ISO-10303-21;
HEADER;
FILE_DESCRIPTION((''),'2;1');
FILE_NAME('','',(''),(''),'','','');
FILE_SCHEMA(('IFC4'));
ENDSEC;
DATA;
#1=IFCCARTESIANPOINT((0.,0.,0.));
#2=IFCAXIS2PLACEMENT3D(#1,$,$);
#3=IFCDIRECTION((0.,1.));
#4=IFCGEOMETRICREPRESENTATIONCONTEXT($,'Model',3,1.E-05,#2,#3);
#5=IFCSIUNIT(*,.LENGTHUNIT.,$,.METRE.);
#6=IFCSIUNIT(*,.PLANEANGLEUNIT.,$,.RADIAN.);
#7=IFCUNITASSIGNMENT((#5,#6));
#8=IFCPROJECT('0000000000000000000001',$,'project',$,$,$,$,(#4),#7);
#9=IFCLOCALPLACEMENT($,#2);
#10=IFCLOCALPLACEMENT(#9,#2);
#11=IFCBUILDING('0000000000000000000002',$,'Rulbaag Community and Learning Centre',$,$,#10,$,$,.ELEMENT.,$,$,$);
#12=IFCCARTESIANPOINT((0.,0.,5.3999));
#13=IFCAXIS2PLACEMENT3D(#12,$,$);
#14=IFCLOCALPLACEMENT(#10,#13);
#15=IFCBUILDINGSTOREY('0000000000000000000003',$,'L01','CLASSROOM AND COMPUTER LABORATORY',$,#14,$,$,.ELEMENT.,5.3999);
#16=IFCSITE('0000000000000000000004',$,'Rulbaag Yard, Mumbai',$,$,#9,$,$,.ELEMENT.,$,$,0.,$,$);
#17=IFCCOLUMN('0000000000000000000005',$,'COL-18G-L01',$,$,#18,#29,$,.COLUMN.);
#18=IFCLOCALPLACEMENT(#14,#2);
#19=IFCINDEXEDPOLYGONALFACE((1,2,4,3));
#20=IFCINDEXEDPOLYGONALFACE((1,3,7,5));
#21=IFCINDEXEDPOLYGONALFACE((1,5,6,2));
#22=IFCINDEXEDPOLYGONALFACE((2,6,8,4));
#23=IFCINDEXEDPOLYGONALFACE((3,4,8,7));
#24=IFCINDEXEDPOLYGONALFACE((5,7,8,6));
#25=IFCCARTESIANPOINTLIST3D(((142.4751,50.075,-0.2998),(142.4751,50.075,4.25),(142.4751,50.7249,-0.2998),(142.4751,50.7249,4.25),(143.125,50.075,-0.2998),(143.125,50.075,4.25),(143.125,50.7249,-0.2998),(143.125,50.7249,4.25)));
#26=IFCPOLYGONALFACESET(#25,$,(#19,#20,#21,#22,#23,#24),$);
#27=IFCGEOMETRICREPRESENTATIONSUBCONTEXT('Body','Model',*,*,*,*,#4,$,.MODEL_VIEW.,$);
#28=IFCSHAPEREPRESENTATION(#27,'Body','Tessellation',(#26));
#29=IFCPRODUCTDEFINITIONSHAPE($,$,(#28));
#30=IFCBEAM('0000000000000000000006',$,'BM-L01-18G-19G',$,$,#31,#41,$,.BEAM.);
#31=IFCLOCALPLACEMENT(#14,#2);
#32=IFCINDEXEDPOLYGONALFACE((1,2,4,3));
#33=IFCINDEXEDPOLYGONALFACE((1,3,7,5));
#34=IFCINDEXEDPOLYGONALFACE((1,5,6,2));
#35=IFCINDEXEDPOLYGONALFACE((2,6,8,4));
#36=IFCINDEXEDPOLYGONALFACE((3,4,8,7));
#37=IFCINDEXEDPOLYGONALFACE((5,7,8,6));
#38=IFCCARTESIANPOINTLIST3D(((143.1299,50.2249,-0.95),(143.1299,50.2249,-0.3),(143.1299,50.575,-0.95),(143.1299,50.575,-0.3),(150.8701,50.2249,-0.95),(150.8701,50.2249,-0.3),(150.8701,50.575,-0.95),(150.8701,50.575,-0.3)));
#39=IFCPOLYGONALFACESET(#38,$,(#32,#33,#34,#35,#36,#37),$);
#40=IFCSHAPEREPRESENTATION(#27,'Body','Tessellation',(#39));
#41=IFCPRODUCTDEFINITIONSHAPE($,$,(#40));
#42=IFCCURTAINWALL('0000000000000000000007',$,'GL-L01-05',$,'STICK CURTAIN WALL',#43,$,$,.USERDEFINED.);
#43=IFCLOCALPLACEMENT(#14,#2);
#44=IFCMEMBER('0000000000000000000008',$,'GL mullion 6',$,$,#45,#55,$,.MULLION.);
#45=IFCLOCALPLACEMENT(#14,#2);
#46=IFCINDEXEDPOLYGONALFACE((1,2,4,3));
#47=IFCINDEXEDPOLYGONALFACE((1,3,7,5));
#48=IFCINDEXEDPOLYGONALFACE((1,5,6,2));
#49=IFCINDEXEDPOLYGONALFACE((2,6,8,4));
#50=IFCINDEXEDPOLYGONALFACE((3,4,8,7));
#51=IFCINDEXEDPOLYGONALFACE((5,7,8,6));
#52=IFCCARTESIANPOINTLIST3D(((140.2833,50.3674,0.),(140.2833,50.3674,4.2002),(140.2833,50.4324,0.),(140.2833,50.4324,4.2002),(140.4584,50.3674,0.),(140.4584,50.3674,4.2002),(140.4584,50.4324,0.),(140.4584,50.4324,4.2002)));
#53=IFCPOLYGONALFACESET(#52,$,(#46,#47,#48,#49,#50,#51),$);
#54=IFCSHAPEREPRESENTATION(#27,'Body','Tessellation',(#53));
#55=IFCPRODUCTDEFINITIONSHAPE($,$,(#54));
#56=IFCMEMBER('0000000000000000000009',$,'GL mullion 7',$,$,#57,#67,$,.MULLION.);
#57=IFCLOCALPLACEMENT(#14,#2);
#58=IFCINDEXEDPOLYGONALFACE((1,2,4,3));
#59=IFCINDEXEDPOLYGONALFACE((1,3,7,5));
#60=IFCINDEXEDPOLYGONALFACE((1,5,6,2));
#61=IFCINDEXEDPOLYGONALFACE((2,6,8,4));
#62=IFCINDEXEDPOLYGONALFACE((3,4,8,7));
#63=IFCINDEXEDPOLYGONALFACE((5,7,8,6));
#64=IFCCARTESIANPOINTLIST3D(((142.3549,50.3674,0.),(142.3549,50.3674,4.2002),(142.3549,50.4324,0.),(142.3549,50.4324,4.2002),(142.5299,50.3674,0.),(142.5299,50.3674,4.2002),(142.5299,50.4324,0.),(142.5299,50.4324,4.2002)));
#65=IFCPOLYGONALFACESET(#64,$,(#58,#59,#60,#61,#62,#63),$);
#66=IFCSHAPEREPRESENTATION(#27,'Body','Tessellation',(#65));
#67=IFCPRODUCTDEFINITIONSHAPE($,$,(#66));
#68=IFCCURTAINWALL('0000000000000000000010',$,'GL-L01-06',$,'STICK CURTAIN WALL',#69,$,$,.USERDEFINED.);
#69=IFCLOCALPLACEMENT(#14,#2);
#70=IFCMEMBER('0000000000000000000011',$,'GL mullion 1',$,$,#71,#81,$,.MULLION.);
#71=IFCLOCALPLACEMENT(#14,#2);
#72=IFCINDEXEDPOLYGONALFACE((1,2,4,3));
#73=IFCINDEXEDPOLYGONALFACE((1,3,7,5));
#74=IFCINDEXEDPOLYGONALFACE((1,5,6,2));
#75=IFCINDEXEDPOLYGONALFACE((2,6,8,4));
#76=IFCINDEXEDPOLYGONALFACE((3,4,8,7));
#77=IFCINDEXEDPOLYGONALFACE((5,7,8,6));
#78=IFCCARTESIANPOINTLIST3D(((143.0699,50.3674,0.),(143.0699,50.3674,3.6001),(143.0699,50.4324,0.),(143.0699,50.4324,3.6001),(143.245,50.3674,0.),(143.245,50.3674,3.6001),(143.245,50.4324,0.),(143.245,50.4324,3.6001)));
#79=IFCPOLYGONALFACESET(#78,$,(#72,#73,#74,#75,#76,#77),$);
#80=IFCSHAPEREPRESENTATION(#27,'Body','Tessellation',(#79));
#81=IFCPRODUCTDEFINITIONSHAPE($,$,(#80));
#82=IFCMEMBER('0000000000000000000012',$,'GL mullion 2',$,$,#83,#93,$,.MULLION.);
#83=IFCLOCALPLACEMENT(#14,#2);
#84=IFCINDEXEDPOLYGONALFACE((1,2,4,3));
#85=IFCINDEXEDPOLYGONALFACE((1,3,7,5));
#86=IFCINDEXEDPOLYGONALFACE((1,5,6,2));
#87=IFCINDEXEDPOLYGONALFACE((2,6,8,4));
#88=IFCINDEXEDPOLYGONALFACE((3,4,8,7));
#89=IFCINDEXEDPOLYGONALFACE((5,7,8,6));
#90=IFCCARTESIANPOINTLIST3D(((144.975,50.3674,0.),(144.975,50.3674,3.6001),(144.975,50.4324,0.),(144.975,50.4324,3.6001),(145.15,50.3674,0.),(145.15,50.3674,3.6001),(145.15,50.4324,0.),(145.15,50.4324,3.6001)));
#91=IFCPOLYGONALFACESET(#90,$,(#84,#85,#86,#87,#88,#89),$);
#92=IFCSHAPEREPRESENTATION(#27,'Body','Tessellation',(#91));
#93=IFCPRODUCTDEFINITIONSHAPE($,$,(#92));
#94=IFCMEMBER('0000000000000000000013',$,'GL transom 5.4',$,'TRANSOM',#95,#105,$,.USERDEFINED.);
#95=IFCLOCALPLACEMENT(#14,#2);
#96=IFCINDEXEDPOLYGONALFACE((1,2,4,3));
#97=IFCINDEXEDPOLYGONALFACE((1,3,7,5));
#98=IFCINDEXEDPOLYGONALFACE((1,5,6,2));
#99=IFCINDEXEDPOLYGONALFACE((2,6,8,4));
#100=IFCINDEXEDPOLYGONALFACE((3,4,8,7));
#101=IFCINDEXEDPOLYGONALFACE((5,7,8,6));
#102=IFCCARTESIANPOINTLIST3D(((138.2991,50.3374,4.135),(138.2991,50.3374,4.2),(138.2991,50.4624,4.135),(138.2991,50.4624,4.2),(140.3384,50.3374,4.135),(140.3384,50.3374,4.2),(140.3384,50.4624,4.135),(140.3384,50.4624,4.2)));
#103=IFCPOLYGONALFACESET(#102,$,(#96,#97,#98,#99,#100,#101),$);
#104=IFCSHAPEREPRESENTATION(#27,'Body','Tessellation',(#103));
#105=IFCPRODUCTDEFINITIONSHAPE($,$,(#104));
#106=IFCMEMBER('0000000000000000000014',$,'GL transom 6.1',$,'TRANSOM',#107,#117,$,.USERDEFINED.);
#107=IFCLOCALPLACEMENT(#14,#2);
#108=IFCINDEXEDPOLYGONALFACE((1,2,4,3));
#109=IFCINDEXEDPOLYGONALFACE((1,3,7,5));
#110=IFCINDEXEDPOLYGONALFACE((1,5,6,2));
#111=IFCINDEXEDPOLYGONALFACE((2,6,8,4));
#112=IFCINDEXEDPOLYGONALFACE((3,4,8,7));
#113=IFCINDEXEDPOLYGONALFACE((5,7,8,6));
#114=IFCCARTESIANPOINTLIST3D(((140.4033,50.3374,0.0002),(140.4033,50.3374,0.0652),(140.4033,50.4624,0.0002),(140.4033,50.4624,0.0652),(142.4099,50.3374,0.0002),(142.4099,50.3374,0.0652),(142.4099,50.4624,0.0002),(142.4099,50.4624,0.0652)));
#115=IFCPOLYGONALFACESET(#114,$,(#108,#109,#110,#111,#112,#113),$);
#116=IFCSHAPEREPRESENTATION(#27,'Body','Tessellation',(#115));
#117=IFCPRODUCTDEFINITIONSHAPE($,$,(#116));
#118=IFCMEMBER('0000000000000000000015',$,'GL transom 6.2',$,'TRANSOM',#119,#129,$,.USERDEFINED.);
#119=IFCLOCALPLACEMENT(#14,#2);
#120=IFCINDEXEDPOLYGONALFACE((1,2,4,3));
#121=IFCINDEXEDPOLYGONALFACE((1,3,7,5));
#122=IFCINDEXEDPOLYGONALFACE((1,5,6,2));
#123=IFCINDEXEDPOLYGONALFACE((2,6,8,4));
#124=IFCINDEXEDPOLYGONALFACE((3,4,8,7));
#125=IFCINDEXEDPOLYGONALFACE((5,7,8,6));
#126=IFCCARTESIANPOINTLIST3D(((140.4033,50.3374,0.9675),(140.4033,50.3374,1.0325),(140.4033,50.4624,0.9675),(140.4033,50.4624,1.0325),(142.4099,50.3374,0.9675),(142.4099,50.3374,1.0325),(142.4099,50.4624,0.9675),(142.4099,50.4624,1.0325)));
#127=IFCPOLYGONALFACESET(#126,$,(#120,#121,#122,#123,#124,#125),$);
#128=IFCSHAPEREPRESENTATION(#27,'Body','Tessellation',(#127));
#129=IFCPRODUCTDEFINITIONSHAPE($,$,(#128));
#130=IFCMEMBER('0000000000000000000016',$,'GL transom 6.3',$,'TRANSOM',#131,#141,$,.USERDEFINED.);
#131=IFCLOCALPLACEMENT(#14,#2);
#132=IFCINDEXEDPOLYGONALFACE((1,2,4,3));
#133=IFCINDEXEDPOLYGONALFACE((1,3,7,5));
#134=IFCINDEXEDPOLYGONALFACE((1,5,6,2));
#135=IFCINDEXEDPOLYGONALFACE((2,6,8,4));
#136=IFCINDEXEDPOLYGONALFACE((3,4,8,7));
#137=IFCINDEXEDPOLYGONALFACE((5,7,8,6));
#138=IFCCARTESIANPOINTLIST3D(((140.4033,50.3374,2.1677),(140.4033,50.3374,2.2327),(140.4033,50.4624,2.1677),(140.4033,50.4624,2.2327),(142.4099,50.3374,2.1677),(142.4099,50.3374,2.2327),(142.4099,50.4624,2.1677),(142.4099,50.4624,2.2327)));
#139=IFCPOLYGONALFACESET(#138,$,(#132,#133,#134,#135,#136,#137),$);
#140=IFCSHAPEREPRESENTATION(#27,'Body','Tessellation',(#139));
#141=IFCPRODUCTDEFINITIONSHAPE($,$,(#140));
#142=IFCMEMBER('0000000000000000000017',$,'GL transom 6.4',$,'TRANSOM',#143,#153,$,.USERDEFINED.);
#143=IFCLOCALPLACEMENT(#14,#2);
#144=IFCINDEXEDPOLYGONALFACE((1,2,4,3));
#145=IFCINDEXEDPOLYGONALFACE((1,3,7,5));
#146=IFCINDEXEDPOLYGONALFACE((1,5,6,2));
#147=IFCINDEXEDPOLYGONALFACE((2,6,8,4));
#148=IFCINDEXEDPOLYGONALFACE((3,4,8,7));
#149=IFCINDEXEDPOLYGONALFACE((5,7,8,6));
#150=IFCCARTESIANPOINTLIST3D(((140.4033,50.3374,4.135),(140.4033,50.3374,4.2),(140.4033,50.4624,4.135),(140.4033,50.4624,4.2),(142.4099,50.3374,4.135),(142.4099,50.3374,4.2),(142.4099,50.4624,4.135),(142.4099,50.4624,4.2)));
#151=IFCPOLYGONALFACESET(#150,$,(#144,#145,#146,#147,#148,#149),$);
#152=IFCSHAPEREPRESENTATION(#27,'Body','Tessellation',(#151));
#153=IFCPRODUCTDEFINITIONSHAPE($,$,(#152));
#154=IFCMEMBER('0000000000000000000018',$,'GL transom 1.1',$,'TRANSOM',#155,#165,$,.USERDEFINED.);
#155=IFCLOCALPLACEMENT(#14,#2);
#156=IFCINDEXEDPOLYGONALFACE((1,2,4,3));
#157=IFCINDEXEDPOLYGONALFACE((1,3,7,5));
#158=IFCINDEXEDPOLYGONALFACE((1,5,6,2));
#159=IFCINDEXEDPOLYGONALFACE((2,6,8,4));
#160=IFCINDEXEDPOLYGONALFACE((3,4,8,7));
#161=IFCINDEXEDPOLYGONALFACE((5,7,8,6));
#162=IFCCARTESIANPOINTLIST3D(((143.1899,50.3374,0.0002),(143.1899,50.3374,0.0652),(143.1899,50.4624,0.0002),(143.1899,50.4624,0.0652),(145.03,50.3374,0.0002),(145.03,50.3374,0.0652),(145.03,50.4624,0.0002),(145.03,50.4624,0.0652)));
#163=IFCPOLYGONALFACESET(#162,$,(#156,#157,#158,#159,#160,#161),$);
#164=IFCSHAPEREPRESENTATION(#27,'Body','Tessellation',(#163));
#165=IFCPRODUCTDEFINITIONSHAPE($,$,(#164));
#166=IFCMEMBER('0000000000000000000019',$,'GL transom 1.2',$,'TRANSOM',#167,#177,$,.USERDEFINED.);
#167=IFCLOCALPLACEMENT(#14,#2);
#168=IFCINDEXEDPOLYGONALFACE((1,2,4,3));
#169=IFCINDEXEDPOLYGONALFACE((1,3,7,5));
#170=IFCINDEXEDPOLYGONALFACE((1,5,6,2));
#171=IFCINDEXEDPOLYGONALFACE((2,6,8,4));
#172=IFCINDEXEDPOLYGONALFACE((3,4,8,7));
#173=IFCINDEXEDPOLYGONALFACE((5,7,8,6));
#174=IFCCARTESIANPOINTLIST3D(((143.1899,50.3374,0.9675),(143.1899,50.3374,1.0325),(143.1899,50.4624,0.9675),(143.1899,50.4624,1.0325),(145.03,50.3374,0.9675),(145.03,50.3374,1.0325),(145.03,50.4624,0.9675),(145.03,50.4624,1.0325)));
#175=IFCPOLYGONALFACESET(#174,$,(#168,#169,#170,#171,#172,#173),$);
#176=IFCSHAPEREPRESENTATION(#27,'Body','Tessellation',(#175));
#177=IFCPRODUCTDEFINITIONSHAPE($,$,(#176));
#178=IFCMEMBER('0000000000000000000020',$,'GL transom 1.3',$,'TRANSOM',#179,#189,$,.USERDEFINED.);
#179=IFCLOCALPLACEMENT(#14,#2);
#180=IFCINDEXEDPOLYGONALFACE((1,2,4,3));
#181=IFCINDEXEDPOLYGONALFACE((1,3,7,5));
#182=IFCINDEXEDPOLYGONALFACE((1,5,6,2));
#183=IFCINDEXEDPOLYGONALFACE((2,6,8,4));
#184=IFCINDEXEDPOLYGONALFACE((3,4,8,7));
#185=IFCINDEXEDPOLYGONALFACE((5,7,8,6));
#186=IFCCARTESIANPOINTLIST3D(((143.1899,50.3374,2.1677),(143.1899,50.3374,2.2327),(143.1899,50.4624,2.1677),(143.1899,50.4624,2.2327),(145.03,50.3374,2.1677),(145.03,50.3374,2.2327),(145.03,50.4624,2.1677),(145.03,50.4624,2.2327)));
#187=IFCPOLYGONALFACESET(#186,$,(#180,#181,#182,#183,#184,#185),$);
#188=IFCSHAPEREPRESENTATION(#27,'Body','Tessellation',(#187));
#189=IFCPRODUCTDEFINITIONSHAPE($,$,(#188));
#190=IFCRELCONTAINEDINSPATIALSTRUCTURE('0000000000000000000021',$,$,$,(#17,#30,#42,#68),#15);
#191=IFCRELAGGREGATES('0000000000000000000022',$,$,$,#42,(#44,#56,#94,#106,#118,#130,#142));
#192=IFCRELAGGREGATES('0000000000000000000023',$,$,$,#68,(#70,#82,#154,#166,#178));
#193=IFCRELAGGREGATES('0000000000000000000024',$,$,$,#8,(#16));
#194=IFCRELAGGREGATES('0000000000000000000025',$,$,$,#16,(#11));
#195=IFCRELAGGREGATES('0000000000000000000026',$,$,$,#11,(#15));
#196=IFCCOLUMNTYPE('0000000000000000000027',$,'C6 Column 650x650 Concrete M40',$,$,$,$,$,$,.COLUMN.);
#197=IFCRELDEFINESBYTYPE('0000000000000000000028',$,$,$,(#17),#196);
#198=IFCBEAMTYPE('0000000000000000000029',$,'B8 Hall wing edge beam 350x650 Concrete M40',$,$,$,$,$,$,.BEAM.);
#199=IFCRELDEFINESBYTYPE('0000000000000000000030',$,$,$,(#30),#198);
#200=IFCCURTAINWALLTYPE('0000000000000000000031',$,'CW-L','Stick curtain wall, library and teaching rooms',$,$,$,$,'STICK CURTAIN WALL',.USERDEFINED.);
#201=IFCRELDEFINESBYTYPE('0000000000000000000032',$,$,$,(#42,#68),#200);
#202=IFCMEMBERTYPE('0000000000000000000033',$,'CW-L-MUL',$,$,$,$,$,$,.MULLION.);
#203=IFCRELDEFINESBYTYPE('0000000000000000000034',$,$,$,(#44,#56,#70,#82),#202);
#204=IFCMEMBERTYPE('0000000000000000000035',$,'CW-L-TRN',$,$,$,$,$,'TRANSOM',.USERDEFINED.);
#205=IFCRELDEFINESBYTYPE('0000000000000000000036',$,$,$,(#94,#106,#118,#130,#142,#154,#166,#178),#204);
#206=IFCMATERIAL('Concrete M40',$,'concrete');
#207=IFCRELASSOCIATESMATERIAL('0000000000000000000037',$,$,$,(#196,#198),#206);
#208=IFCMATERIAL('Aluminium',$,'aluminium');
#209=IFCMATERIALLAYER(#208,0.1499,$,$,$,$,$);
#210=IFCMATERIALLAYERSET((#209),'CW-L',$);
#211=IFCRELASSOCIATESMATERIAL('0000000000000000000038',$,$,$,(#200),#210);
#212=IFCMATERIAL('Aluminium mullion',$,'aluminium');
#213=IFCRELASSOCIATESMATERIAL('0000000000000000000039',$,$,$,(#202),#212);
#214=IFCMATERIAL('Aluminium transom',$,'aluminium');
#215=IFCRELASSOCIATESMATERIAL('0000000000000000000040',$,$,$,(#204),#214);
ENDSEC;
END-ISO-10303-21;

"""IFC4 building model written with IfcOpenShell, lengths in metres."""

from ifc_helpers import new_model, si_unit, direction, frame, origin, origin_2d, place, context, subcontext, project, spatial, rectangle, extrude, material, layer, layer_set, material_profile, profile_set, type_object, element, aggregate, save


model = new_model("IFC4")

# Units and contexts
model_context = context("Model", 3, precision=1e-05, world=origin(), true_north=direction((0.0, 1.0)))
body_context = subcontext(model_context, "Body", "Model", "MODEL_VIEW")
ifc_project = project(units=[si_unit("LENGTHUNIT", "METRE"), si_unit("PLANEANGLEUNIT", "RADIAN")], contexts=[model_context])

# Site, building, storey
site_placement = place(None, origin())
site = spatial("IfcSite", under=ifc_project, at=site_placement, Name="Rulbaag Yard, Mumbai", CompositionType="ELEMENT", RefElevation=0.0)
building_placement = place(site_placement, origin())
building = spatial("IfcBuilding", under=site, at=building_placement, Name="Rulbaag Community and Learning Centre", CompositionType="ELEMENT")
storey_placement = place(building_placement, frame((0.0, 0.0, 5.3999)))
storey = spatial("IfcBuildingStorey", under=building, at=storey_placement, Name="L01", Description="CLASSROOM AND COMPUTER LABORATORY", CompositionType="ELEMENT", Elevation=5.3999)

# Column
ifc_material_1 = material(Name="Concrete M40", Category="concrete")
ifc_material_profile_1 = material_profile(ifc_material_1, rectangle(XDim=0.6499, YDim=0.6499, at=origin_2d()), Name="RC650x650")
ifc_profile_set_1 = profile_set([ifc_material_profile_1], Name="Concrete M40")
column_type = type_object("IfcColumnType", Name="C6 Column 650x650 Concrete M40", PredefinedType="COLUMN", material=ifc_profile_set_1)
column_placement = place(storey_placement, frame((142.8, 50.3999, -0.2998), z_axis=(0.0, 0.0, 1.0), x_axis=(1.0, 0.0, 0.0)))
element("IfcColumn", 1, at=column_placement, inside=storey, type_object=column_type, Name="COL-18G-L01", PredefinedType="COLUMN", context=body_context, shape_type="SweptSolid", body=[
    extrude(rectangle(XDim=0.6499, YDim=0.6499, at=origin_2d()), origin(), (0.0, 0.0, 1.0), 4.5498),
])

# Beam
ifc_material_profile_2 = material_profile(ifc_material_1, rectangle(XDim=0.3501, YDim=0.6499, at=origin_2d()), Name="RB350x650")
ifc_profile_set_2 = profile_set([ifc_material_profile_2], Name="Concrete M40")
beam_type = type_object("IfcBeamType", Name="B8 Hall wing edge beam 350x650 Concrete M40", PredefinedType="BEAM", material=ifc_profile_set_2)
beam_placement = place(storey_placement, frame((143.1299, 50.3999, -0.625), z_axis=(1.0, 0.0, 0.0), x_axis=(0.0, 1.0, 0.0)))
element("IfcBeam", 2, at=beam_placement, inside=storey, type_object=beam_type, Name="BM-L01-18G-19G", PredefinedType="BEAM", context=body_context, shape_type="SweptSolid", body=[
    extrude(rectangle(XDim=0.3501, YDim=0.6499, at=origin_2d()), origin(), (0.0, 0.0, 1.0), 7.7402),
])

# Curtain walls, members
ifc_material_2 = material(Name="Aluminium", Category="aluminium")
ifc_layer_1 = layer(ifc_material_2, 0.1499)
ifc_layer_set_1 = layer_set([ifc_layer_1], Name="CW-L")
curtain_wall_type = type_object("IfcCurtainWallType", Name="CW-L", Description="Stick curtain wall, library and teaching rooms", ElementType="STICK CURTAIN WALL", PredefinedType="USERDEFINED", material=ifc_layer_set_1)
curtain_wall_1_placement = place(storey_placement, origin())
curtain_wall_1 = element("IfcCurtainWall", 3, at=curtain_wall_1_placement, inside=storey, type_object=curtain_wall_type, Name="GL-L01-05", ObjectType="STICK CURTAIN WALL", PredefinedType="USERDEFINED")
ifc_material_3 = material(Name="Aluminium mullion", Category="aluminium")
ifc_material_profile_3 = material_profile(ifc_material_3, rectangle(XDim=0.0649, YDim=0.175, at=origin_2d()), Name="AL 65x175")
ifc_profile_set_3 = profile_set([ifc_material_profile_3], Name="Aluminium mullion")
member_type_1 = type_object("IfcMemberType", Name="CW-L-MUL", PredefinedType="MULLION", material=ifc_profile_set_3)
member_1_placement = place(storey_placement, frame((140.3708, 50.3999, 0.0), z_axis=(0.0, 0.0, 1.0), x_axis=(0.0, 1.0, 0.0)))
member_1 = element("IfcMember", 4, at=member_1_placement, type_object=member_type_1, Name="GL mullion 6", PredefinedType="MULLION", context=body_context, shape_type="SweptSolid", body=[
    extrude(rectangle(XDim=0.0649, YDim=0.175, at=origin_2d()), origin(), (0.0, 0.0, 1.0), 4.2002),
])
member_2_placement = place(storey_placement, frame((142.4424, 50.3999, 0.0), z_axis=(0.0, 0.0, 1.0), x_axis=(0.0, 1.0, 0.0)))
member_2 = element("IfcMember", 5, at=member_2_placement, type_object=member_type_1, Name="GL mullion 7", PredefinedType="MULLION", context=body_context, shape_type="SweptSolid", body=[
    extrude(rectangle(XDim=0.0649, YDim=0.175, at=origin_2d()), origin(), (0.0, 0.0, 1.0), 4.2002),
])
curtain_wall_2_placement = place(storey_placement, origin())
curtain_wall_2 = element("IfcCurtainWall", 6, at=curtain_wall_2_placement, inside=storey, type_object=curtain_wall_type, Name="GL-L01-06", ObjectType="STICK CURTAIN WALL", PredefinedType="USERDEFINED")
member_3_placement = place(storey_placement, frame((143.1575, 50.3999, 0.0), z_axis=(0.0, 0.0, 1.0), x_axis=(0.0, 1.0, 0.0)))
member_3 = element("IfcMember", 7, at=member_3_placement, type_object=member_type_1, Name="GL mullion 1", PredefinedType="MULLION", context=body_context, shape_type="SweptSolid", body=[
    extrude(rectangle(XDim=0.0649, YDim=0.175, at=origin_2d()), origin(), (0.0, 0.0, 1.0), 3.6001),
])
member_4_placement = place(storey_placement, frame((145.0625, 50.3999, 0.0), z_axis=(0.0, 0.0, 1.0), x_axis=(0.0, 1.0, 0.0)))
member_4 = element("IfcMember", 8, at=member_4_placement, type_object=member_type_1, Name="GL mullion 2", PredefinedType="MULLION", context=body_context, shape_type="SweptSolid", body=[
    extrude(rectangle(XDim=0.0649, YDim=0.175, at=origin_2d()), origin(), (0.0, 0.0, 1.0), 3.6001),
])

# Members
ifc_material_4 = material(Name="Aluminium transom", Category="aluminium")
ifc_material_profile_4 = material_profile(ifc_material_4, rectangle(XDim=0.125, YDim=0.0649, at=origin_2d()), Name="AL 65x125 T")
ifc_profile_set_4 = profile_set([ifc_material_profile_4], Name="Aluminium transom")
member_type_2 = type_object("IfcMemberType", Name="CW-L-TRN", ElementType="TRANSOM", PredefinedType="USERDEFINED", material=ifc_profile_set_4)
member_5_placement = place(storey_placement, frame((138.2991, 50.3999, 4.1675), z_axis=(1.0, 0.0, 0.0), x_axis=(0.0, 1.0, 0.0)))
member_5 = element("IfcMember", 9, at=member_5_placement, type_object=member_type_2, Name="GL transom 5.4", ObjectType="TRANSOM", PredefinedType="USERDEFINED", context=body_context, shape_type="SweptSolid", body=[
    extrude(rectangle(XDim=0.125, YDim=0.0649, at=origin_2d()), origin(), (0.0, 0.0, 1.0), 2.0393),
])
member_6_placement = place(storey_placement, frame((140.4033, 50.3999, 0.0327), z_axis=(1.0, 0.0, 0.0), x_axis=(0.0, 1.0, 0.0)))
member_6 = element("IfcMember", 10, at=member_6_placement, type_object=member_type_2, Name="GL transom 6.1", ObjectType="TRANSOM", PredefinedType="USERDEFINED", context=body_context, shape_type="SweptSolid", body=[
    extrude(rectangle(XDim=0.125, YDim=0.0649, at=origin_2d()), origin(), (0.0, 0.0, 1.0), 2.0066),
])
member_7_placement = place(storey_placement, frame((140.4033, 50.3999, 1.0), z_axis=(1.0, 0.0, 0.0), x_axis=(0.0, 1.0, 0.0)))
member_7 = element("IfcMember", 11, at=member_7_placement, type_object=member_type_2, Name="GL transom 6.2", ObjectType="TRANSOM", PredefinedType="USERDEFINED", context=body_context, shape_type="SweptSolid", body=[
    extrude(rectangle(XDim=0.125, YDim=0.0649, at=origin_2d()), origin(), (0.0, 0.0, 1.0), 2.0066),
])
member_8_placement = place(storey_placement, frame((140.4033, 50.3999, 2.2002), z_axis=(1.0, 0.0, 0.0), x_axis=(0.0, 1.0, 0.0)))
member_8 = element("IfcMember", 12, at=member_8_placement, type_object=member_type_2, Name="GL transom 6.3", ObjectType="TRANSOM", PredefinedType="USERDEFINED", context=body_context, shape_type="SweptSolid", body=[
    extrude(rectangle(XDim=0.125, YDim=0.0649, at=origin_2d()), origin(), (0.0, 0.0, 1.0), 2.0066),
])
member_9_placement = place(storey_placement, frame((140.4033, 50.3999, 4.1675), z_axis=(1.0, 0.0, 0.0), x_axis=(0.0, 1.0, 0.0)))
member_9 = element("IfcMember", 13, at=member_9_placement, type_object=member_type_2, Name="GL transom 6.4", ObjectType="TRANSOM", PredefinedType="USERDEFINED", context=body_context, shape_type="SweptSolid", body=[
    extrude(rectangle(XDim=0.125, YDim=0.0649, at=origin_2d()), origin(), (0.0, 0.0, 1.0), 2.0066),
])
member_10_placement = place(storey_placement, frame((143.1899, 50.3999, 0.0327), z_axis=(1.0, 0.0, 0.0), x_axis=(0.0, 1.0, 0.0)))
member_10 = element("IfcMember", 14, at=member_10_placement, type_object=member_type_2, Name="GL transom 1.1", ObjectType="TRANSOM", PredefinedType="USERDEFINED", context=body_context, shape_type="SweptSolid", body=[
    extrude(rectangle(XDim=0.125, YDim=0.0649, at=origin_2d()), origin(), (0.0, 0.0, 1.0), 1.8401),
])
member_11_placement = place(storey_placement, frame((143.1899, 50.3999, 1.0), z_axis=(1.0, 0.0, 0.0), x_axis=(0.0, 1.0, 0.0)))
member_11 = element("IfcMember", 15, at=member_11_placement, type_object=member_type_2, Name="GL transom 1.2", ObjectType="TRANSOM", PredefinedType="USERDEFINED", context=body_context, shape_type="SweptSolid", body=[
    extrude(rectangle(XDim=0.125, YDim=0.0649, at=origin_2d()), origin(), (0.0, 0.0, 1.0), 1.8401),
])
member_12_placement = place(storey_placement, frame((143.1899, 50.3999, 2.2002), z_axis=(1.0, 0.0, 0.0), x_axis=(0.0, 1.0, 0.0)))
member_12 = element("IfcMember", 16, at=member_12_placement, type_object=member_type_2, Name="GL transom 1.3", ObjectType="TRANSOM", PredefinedType="USERDEFINED", context=body_context, shape_type="SweptSolid", body=[
    extrude(rectangle(XDim=0.125, YDim=0.0649, at=origin_2d()), origin(), (0.0, 0.0, 1.0), 1.8401),
])

aggregate(curtain_wall_1, [member_1, member_2, member_5, member_6, member_7, member_8, member_9])
aggregate(curtain_wall_2, [member_3, member_4, member_10, member_11, member_12])

save(model, "model.ifc")
